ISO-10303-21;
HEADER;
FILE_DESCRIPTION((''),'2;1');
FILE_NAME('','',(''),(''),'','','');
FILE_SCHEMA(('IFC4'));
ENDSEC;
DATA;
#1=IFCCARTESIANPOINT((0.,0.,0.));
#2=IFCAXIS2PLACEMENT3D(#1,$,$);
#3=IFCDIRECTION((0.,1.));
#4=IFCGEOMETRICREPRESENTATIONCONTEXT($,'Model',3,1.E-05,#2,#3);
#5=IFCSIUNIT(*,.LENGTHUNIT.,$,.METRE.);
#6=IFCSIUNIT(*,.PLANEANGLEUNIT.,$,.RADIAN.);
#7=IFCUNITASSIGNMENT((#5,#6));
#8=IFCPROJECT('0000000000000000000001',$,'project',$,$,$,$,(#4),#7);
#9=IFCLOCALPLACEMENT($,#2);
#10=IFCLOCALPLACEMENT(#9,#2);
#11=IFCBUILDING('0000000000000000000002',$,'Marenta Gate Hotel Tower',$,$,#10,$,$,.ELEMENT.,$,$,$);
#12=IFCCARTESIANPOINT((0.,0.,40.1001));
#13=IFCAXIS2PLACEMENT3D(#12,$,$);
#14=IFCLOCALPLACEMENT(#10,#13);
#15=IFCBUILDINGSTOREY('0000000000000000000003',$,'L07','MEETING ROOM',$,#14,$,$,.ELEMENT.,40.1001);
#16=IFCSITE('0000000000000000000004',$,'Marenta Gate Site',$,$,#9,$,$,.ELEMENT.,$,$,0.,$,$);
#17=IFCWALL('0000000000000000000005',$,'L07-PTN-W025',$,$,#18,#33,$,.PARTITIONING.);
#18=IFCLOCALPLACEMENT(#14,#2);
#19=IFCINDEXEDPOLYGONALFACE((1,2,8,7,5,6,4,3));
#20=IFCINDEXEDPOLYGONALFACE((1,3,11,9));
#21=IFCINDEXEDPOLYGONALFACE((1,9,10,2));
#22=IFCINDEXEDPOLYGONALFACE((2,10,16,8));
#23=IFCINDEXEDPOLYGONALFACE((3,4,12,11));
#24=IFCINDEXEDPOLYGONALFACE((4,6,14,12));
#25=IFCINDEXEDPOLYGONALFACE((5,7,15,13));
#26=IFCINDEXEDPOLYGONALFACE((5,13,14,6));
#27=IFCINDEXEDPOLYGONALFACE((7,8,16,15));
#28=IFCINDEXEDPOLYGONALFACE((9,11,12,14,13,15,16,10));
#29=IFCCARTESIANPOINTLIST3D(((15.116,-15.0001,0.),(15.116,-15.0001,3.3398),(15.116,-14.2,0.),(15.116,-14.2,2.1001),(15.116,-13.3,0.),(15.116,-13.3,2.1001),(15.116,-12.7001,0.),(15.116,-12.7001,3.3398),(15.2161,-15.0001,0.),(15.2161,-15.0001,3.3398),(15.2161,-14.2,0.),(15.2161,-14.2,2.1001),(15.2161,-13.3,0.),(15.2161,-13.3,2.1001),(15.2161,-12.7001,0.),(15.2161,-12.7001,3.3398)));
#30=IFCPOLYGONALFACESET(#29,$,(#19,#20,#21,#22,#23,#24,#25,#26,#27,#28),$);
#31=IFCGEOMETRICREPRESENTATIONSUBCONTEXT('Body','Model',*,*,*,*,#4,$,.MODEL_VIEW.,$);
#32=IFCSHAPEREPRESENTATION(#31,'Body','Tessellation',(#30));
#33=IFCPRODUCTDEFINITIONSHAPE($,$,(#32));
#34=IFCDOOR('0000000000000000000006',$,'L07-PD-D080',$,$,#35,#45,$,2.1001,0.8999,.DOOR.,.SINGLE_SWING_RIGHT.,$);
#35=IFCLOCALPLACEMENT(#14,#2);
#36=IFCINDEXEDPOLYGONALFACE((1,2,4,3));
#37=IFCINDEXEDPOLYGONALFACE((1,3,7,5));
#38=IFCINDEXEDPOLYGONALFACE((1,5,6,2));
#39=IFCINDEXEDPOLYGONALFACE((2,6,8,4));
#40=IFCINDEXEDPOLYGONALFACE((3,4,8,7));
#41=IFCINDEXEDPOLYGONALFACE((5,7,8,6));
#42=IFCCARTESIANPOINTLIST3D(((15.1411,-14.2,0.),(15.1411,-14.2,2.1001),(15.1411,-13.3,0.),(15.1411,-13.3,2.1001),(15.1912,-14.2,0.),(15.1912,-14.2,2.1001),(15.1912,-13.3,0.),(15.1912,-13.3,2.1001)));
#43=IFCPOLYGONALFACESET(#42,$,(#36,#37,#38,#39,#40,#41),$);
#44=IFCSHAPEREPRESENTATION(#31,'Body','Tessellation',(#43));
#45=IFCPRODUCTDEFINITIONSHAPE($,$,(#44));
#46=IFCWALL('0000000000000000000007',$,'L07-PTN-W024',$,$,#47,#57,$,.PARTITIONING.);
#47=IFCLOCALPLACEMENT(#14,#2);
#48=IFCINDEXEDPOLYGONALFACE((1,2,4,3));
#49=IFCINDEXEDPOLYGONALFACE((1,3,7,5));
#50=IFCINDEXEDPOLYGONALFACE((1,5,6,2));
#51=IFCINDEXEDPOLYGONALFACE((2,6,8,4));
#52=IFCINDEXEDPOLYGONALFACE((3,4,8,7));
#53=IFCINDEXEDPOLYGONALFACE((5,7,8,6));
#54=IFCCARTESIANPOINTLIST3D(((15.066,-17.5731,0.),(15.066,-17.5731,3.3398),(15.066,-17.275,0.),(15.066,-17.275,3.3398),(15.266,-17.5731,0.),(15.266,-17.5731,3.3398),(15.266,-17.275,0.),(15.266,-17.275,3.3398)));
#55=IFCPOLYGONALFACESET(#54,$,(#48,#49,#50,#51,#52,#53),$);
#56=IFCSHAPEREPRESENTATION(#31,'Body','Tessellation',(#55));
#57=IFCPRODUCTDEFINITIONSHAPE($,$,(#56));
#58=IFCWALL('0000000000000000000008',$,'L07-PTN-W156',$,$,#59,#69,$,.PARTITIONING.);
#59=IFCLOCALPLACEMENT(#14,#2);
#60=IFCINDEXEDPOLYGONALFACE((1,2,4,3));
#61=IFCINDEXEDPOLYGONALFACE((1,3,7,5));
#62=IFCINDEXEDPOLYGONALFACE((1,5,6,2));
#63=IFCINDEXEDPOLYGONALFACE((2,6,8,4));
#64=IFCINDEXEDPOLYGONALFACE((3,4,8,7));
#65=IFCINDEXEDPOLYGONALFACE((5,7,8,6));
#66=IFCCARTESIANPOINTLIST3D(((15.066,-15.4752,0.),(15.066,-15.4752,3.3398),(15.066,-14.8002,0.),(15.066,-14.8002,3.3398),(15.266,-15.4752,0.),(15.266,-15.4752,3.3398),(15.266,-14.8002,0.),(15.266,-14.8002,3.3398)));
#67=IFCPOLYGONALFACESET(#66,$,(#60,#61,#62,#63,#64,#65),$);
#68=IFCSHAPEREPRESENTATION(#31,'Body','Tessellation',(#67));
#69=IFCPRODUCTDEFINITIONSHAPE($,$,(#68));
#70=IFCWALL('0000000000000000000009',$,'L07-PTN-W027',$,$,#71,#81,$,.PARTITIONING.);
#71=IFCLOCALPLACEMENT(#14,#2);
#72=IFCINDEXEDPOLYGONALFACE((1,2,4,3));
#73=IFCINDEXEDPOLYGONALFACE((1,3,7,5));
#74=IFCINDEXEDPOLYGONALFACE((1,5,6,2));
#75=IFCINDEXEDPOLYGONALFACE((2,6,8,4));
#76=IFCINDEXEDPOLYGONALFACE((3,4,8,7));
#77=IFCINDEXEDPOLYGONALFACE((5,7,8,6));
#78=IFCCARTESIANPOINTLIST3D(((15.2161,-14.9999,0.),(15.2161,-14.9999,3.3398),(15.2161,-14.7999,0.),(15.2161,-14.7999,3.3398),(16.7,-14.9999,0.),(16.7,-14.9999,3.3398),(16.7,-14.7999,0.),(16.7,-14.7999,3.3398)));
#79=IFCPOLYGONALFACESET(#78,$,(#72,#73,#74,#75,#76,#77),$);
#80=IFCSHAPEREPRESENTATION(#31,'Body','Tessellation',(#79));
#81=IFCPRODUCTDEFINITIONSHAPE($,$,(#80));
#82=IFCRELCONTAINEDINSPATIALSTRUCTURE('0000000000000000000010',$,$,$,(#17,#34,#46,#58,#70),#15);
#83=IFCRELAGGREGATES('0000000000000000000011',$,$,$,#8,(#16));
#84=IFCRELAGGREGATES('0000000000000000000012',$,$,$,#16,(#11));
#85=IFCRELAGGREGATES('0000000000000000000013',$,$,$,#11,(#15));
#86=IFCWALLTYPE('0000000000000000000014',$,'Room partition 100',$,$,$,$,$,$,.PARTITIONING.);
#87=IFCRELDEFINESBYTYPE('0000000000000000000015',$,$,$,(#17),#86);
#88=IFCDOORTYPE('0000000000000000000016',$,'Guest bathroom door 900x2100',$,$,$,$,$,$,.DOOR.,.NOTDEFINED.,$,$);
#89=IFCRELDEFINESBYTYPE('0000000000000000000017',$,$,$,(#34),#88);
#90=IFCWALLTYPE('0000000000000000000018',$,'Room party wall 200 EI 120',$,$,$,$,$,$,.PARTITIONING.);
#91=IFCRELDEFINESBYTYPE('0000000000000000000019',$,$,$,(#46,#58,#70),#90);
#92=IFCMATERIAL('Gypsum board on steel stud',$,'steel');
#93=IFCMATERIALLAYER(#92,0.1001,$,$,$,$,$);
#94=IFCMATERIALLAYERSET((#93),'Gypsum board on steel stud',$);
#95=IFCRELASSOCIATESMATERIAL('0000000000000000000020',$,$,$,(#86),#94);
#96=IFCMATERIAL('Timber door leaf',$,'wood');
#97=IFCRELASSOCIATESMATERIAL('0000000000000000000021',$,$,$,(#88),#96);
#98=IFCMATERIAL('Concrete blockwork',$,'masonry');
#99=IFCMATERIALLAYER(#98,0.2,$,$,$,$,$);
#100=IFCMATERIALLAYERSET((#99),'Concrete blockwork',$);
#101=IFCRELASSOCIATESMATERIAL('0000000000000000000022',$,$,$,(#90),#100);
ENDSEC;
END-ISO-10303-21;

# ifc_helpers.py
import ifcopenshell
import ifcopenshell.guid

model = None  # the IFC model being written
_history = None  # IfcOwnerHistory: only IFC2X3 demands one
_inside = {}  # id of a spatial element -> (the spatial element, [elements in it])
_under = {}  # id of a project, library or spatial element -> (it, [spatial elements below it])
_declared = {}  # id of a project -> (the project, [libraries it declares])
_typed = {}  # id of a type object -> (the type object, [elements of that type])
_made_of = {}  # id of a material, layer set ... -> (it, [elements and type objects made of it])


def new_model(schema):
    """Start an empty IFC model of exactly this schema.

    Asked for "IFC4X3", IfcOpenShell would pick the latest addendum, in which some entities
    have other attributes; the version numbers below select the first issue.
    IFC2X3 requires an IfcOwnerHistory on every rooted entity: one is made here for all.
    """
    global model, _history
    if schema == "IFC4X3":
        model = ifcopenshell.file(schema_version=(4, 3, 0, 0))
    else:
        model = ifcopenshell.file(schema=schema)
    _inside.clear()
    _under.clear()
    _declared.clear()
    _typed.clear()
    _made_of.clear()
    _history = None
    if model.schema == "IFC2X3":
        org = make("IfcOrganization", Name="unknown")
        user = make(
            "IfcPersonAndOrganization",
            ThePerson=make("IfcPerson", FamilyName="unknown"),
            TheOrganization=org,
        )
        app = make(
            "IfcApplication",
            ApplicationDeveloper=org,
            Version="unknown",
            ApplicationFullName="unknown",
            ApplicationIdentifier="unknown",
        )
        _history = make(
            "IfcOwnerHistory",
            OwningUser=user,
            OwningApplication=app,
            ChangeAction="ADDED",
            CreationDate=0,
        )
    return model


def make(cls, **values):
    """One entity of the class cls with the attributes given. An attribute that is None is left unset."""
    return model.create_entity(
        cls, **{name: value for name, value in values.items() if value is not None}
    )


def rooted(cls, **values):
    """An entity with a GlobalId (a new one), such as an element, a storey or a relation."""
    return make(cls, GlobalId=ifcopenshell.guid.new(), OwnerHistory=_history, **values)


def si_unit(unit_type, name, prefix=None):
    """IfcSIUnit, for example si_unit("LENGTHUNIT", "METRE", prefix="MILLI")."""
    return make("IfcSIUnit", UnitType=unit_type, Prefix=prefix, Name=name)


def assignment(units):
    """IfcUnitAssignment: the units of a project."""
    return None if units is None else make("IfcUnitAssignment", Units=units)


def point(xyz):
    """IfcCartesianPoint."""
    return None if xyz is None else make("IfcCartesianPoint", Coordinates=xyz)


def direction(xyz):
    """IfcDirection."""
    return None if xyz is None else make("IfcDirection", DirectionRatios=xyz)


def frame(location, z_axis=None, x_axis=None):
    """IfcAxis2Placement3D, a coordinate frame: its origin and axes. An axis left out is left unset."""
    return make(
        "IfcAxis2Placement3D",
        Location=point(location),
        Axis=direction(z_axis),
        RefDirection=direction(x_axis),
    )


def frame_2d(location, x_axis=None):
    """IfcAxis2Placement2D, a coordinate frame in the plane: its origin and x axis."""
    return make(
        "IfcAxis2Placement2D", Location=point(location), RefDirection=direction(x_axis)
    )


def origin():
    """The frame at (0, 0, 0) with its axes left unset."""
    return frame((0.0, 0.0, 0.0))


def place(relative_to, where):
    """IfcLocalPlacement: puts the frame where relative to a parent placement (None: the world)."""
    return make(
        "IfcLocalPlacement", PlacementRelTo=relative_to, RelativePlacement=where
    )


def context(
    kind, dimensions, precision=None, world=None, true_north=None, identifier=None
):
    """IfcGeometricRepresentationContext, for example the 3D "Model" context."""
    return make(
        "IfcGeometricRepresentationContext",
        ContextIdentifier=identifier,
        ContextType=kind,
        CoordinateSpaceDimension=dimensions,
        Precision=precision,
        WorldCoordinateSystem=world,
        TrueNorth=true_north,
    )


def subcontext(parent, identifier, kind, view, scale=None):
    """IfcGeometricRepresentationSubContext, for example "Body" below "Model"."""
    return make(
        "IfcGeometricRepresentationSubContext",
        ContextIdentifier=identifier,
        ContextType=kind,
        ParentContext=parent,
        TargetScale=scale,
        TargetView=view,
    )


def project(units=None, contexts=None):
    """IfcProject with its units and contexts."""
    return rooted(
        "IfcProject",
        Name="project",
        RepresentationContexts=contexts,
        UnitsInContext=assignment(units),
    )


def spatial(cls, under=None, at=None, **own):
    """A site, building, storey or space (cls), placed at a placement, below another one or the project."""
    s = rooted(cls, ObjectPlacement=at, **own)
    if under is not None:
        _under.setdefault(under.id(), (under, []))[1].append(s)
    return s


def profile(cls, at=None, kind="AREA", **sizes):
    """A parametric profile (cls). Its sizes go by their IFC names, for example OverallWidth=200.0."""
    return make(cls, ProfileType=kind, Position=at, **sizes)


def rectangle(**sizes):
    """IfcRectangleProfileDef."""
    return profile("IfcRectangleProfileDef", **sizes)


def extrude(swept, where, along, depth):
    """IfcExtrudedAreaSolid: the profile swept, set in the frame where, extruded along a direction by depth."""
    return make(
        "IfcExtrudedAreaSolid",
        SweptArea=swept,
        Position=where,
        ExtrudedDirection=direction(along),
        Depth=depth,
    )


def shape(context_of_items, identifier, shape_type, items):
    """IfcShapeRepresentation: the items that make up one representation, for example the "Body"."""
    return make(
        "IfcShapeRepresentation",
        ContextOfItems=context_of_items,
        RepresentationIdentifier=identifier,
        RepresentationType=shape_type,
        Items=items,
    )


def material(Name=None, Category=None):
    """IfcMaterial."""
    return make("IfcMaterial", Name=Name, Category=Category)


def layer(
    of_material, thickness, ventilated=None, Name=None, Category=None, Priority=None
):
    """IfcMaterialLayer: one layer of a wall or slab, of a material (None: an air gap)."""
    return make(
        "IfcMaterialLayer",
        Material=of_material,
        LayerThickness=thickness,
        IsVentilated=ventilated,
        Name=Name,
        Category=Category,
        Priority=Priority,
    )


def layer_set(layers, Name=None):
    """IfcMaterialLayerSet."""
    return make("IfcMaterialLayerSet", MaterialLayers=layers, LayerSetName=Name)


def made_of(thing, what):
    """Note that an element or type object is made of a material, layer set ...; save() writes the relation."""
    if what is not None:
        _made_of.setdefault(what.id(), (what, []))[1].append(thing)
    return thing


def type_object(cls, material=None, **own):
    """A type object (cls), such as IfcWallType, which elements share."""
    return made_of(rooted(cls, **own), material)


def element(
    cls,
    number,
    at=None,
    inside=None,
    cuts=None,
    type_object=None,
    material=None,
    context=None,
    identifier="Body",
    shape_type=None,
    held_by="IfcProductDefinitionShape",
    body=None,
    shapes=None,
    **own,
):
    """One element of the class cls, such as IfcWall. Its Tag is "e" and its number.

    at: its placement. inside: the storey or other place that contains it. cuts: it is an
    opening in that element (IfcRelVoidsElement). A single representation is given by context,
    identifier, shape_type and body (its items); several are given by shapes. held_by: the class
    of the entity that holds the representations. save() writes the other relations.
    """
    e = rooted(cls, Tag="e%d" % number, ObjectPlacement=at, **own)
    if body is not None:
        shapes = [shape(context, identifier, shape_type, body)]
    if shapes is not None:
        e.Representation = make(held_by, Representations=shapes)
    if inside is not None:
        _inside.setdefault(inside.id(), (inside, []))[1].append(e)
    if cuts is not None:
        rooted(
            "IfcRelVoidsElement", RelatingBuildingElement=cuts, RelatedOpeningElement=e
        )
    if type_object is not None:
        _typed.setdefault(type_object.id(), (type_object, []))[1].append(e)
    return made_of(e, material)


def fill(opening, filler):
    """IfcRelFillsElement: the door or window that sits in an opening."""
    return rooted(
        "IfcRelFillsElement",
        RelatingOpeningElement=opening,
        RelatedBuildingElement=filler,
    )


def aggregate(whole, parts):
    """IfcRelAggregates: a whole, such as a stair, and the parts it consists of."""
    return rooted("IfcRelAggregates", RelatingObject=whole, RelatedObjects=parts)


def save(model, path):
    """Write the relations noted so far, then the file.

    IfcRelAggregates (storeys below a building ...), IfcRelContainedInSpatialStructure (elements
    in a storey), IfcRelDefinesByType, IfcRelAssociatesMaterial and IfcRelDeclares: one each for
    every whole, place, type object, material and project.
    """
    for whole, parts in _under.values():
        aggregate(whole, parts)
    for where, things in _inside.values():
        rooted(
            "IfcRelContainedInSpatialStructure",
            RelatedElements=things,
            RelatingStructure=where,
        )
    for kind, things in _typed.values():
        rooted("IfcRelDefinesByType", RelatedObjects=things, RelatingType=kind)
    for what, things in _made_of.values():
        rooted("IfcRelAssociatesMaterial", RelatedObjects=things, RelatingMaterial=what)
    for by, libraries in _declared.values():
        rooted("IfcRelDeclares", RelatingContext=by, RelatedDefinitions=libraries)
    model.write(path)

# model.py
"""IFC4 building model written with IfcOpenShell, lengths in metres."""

from ifc_helpers import new_model, si_unit, direction, frame, frame_2d, origin, place, context, subcontext, project, spatial, rectangle, extrude, material, layer, layer_set, type_object, element, fill, save


model = new_model("IFC4")

# Units and contexts
model_context = context("Model", 3, precision=1e-05, world=origin(), true_north=direction((0.0, 1.0)))
body_context = subcontext(model_context, "Body", "Model", "MODEL_VIEW")
ifc_project = project(units=[si_unit("LENGTHUNIT", "METRE"), si_unit("PLANEANGLEUNIT", "RADIAN")], contexts=[model_context])

# Site, building, storey
site_placement = place(None, origin())
site = spatial("IfcSite", under=ifc_project, at=site_placement, Name="Marenta Gate Site", CompositionType="ELEMENT", RefElevation=0.0)
building_placement = place(site_placement, origin())
building = spatial("IfcBuilding", under=site, at=building_placement, Name="Marenta Gate Hotel Tower", CompositionType="ELEMENT")
storey_placement = place(building_placement, frame((0.0, 0.0, 40.1001)))
storey = spatial("IfcBuildingStorey", under=building, at=storey_placement, Name="L07", Description="MEETING ROOM", CompositionType="ELEMENT", Elevation=40.1001)

# Shared definitions
ifc_material_1 = material(Name="Gypsum board on steel stud", Category="steel")
ifc_layer_1 = layer(ifc_material_1, 0.1001)
ifc_layer_set_1 = layer_set([ifc_layer_1], Name="Gypsum board on steel stud")
wall_type_1 = type_object("IfcWallType", Name="Room partition 100", PredefinedType="PARTITIONING", material=ifc_layer_set_1)

# Wall, opening, door
wall_1_placement = place(storey_placement, frame((15.166, -15.0, 0.0), z_axis=(0.0, 0.0, 1.0), x_axis=(0.0, 1.0, 0.0)))
wall_1 = element("IfcWall", 1, at=wall_1_placement, inside=storey, type_object=wall_type_1, Name="L07-PTN-W025", PredefinedType="PARTITIONING", context=body_context, shape_type="SweptSolid", body=[
    extrude(rectangle(XDim=2.3, YDim=0.1001, at=frame_2d((1.1499, 0.0))), origin(), (0.0, 0.0, 1.0), 3.3398),
])
opening_1_placement = place(wall_1_placement, frame((0.8, 0.0, 0.0)))
opening_1 = element("IfcOpeningElement", 2, at=opening_1_placement, cuts=wall_1, PredefinedType="OPENING", context=body_context, shape_type="SweptSolid", body=[
    extrude(rectangle(XDim=0.8999, YDim=2.1001, at=frame_2d((0.45, 1.05))), frame((0.0, 0.05, 0.0), z_axis=(0.0, -1.0, 0.0), x_axis=(1.0, 0.0, 0.0)), (0.0, 0.0, 1.0), 0.1001),
])
ifc_material_2 = material(Name="Timber door leaf", Category="wood")
door_type_1 = type_object("IfcDoorType", Name="Guest bathroom door 900x2100", OperationType="NOTDEFINED", PredefinedType="DOOR", material=ifc_material_2)
door_1_placement = place(opening_1_placement, origin())
door_1 = element("IfcDoor", 3, at=door_1_placement, inside=storey, type_object=door_type_1, Name="L07-PD-D080", OperationType="SINGLE_SWING_RIGHT", OverallHeight=2.1001, OverallWidth=0.8999, PredefinedType="DOOR", context=body_context, shape_type="SweptSolid", body=[
    extrude(rectangle(XDim=0.8999, YDim=2.1001, at=frame_2d((0.45, 1.05))), frame((0.0, 0.0249, 0.0), z_axis=(0.0, -1.0, 0.0), x_axis=(1.0, 0.0, 0.0)), (0.0, 0.0, 1.0), 0.05),
])
fill(opening_1, door_1)

# Walls
ifc_material_3 = material(Name="Concrete blockwork", Category="masonry")
ifc_layer_2 = layer(ifc_material_3, 0.2)
ifc_layer_set_2 = layer_set([ifc_layer_2], Name="Concrete blockwork")
wall_type_2 = type_object("IfcWallType", Name="Room party wall 200 EI 120", PredefinedType="PARTITIONING", material=ifc_layer_set_2)
wall_2_placement = place(storey_placement, frame((15.166, -17.573, 0.0), z_axis=(0.0, 0.0, 1.0), x_axis=(0.0, 1.0, 0.0)))
element("IfcWall", 4, at=wall_2_placement, inside=storey, type_object=wall_type_2, Name="L07-PTN-W024", PredefinedType="PARTITIONING", context=body_context, shape_type="SweptSolid", body=[
    extrude(rectangle(XDim=0.2981, YDim=0.2, at=frame_2d((0.1489, 0.0))), origin(), (0.0, 0.0, 1.0), 3.3398),
])
wall_3_placement = place(storey_placement, frame((15.166, -15.4751, 0.0), z_axis=(0.0, 0.0, 1.0), x_axis=(0.0, 1.0, 0.0)))
element("IfcWall", 5, at=wall_3_placement, inside=storey, type_object=wall_type_2, Name="L07-PTN-W156", PredefinedType="PARTITIONING", context=body_context, shape_type="SweptSolid", body=[
    extrude(rectangle(XDim=0.675, YDim=0.2, at=frame_2d((0.3374, 0.0))), origin(), (0.0, 0.0, 1.0), 3.3398),
])
wall_4_placement = place(storey_placement, frame((15.2161, -14.8999, 0.0), z_axis=(0.0, 0.0, 1.0), x_axis=(1.0, 0.0, 0.0)))
element("IfcWall", 6, at=wall_4_placement, inside=storey, type_object=wall_type_2, Name="L07-PTN-W027", PredefinedType="PARTITIONING", context=body_context, shape_type="SweptSolid", body=[
    extrude(rectangle(XDim=1.4839, YDim=0.2, at=frame_2d((0.7419, 0.0))), origin(), (0.0, 0.0, 1.0), 3.3398),
])

save(model, "model.ifc")
